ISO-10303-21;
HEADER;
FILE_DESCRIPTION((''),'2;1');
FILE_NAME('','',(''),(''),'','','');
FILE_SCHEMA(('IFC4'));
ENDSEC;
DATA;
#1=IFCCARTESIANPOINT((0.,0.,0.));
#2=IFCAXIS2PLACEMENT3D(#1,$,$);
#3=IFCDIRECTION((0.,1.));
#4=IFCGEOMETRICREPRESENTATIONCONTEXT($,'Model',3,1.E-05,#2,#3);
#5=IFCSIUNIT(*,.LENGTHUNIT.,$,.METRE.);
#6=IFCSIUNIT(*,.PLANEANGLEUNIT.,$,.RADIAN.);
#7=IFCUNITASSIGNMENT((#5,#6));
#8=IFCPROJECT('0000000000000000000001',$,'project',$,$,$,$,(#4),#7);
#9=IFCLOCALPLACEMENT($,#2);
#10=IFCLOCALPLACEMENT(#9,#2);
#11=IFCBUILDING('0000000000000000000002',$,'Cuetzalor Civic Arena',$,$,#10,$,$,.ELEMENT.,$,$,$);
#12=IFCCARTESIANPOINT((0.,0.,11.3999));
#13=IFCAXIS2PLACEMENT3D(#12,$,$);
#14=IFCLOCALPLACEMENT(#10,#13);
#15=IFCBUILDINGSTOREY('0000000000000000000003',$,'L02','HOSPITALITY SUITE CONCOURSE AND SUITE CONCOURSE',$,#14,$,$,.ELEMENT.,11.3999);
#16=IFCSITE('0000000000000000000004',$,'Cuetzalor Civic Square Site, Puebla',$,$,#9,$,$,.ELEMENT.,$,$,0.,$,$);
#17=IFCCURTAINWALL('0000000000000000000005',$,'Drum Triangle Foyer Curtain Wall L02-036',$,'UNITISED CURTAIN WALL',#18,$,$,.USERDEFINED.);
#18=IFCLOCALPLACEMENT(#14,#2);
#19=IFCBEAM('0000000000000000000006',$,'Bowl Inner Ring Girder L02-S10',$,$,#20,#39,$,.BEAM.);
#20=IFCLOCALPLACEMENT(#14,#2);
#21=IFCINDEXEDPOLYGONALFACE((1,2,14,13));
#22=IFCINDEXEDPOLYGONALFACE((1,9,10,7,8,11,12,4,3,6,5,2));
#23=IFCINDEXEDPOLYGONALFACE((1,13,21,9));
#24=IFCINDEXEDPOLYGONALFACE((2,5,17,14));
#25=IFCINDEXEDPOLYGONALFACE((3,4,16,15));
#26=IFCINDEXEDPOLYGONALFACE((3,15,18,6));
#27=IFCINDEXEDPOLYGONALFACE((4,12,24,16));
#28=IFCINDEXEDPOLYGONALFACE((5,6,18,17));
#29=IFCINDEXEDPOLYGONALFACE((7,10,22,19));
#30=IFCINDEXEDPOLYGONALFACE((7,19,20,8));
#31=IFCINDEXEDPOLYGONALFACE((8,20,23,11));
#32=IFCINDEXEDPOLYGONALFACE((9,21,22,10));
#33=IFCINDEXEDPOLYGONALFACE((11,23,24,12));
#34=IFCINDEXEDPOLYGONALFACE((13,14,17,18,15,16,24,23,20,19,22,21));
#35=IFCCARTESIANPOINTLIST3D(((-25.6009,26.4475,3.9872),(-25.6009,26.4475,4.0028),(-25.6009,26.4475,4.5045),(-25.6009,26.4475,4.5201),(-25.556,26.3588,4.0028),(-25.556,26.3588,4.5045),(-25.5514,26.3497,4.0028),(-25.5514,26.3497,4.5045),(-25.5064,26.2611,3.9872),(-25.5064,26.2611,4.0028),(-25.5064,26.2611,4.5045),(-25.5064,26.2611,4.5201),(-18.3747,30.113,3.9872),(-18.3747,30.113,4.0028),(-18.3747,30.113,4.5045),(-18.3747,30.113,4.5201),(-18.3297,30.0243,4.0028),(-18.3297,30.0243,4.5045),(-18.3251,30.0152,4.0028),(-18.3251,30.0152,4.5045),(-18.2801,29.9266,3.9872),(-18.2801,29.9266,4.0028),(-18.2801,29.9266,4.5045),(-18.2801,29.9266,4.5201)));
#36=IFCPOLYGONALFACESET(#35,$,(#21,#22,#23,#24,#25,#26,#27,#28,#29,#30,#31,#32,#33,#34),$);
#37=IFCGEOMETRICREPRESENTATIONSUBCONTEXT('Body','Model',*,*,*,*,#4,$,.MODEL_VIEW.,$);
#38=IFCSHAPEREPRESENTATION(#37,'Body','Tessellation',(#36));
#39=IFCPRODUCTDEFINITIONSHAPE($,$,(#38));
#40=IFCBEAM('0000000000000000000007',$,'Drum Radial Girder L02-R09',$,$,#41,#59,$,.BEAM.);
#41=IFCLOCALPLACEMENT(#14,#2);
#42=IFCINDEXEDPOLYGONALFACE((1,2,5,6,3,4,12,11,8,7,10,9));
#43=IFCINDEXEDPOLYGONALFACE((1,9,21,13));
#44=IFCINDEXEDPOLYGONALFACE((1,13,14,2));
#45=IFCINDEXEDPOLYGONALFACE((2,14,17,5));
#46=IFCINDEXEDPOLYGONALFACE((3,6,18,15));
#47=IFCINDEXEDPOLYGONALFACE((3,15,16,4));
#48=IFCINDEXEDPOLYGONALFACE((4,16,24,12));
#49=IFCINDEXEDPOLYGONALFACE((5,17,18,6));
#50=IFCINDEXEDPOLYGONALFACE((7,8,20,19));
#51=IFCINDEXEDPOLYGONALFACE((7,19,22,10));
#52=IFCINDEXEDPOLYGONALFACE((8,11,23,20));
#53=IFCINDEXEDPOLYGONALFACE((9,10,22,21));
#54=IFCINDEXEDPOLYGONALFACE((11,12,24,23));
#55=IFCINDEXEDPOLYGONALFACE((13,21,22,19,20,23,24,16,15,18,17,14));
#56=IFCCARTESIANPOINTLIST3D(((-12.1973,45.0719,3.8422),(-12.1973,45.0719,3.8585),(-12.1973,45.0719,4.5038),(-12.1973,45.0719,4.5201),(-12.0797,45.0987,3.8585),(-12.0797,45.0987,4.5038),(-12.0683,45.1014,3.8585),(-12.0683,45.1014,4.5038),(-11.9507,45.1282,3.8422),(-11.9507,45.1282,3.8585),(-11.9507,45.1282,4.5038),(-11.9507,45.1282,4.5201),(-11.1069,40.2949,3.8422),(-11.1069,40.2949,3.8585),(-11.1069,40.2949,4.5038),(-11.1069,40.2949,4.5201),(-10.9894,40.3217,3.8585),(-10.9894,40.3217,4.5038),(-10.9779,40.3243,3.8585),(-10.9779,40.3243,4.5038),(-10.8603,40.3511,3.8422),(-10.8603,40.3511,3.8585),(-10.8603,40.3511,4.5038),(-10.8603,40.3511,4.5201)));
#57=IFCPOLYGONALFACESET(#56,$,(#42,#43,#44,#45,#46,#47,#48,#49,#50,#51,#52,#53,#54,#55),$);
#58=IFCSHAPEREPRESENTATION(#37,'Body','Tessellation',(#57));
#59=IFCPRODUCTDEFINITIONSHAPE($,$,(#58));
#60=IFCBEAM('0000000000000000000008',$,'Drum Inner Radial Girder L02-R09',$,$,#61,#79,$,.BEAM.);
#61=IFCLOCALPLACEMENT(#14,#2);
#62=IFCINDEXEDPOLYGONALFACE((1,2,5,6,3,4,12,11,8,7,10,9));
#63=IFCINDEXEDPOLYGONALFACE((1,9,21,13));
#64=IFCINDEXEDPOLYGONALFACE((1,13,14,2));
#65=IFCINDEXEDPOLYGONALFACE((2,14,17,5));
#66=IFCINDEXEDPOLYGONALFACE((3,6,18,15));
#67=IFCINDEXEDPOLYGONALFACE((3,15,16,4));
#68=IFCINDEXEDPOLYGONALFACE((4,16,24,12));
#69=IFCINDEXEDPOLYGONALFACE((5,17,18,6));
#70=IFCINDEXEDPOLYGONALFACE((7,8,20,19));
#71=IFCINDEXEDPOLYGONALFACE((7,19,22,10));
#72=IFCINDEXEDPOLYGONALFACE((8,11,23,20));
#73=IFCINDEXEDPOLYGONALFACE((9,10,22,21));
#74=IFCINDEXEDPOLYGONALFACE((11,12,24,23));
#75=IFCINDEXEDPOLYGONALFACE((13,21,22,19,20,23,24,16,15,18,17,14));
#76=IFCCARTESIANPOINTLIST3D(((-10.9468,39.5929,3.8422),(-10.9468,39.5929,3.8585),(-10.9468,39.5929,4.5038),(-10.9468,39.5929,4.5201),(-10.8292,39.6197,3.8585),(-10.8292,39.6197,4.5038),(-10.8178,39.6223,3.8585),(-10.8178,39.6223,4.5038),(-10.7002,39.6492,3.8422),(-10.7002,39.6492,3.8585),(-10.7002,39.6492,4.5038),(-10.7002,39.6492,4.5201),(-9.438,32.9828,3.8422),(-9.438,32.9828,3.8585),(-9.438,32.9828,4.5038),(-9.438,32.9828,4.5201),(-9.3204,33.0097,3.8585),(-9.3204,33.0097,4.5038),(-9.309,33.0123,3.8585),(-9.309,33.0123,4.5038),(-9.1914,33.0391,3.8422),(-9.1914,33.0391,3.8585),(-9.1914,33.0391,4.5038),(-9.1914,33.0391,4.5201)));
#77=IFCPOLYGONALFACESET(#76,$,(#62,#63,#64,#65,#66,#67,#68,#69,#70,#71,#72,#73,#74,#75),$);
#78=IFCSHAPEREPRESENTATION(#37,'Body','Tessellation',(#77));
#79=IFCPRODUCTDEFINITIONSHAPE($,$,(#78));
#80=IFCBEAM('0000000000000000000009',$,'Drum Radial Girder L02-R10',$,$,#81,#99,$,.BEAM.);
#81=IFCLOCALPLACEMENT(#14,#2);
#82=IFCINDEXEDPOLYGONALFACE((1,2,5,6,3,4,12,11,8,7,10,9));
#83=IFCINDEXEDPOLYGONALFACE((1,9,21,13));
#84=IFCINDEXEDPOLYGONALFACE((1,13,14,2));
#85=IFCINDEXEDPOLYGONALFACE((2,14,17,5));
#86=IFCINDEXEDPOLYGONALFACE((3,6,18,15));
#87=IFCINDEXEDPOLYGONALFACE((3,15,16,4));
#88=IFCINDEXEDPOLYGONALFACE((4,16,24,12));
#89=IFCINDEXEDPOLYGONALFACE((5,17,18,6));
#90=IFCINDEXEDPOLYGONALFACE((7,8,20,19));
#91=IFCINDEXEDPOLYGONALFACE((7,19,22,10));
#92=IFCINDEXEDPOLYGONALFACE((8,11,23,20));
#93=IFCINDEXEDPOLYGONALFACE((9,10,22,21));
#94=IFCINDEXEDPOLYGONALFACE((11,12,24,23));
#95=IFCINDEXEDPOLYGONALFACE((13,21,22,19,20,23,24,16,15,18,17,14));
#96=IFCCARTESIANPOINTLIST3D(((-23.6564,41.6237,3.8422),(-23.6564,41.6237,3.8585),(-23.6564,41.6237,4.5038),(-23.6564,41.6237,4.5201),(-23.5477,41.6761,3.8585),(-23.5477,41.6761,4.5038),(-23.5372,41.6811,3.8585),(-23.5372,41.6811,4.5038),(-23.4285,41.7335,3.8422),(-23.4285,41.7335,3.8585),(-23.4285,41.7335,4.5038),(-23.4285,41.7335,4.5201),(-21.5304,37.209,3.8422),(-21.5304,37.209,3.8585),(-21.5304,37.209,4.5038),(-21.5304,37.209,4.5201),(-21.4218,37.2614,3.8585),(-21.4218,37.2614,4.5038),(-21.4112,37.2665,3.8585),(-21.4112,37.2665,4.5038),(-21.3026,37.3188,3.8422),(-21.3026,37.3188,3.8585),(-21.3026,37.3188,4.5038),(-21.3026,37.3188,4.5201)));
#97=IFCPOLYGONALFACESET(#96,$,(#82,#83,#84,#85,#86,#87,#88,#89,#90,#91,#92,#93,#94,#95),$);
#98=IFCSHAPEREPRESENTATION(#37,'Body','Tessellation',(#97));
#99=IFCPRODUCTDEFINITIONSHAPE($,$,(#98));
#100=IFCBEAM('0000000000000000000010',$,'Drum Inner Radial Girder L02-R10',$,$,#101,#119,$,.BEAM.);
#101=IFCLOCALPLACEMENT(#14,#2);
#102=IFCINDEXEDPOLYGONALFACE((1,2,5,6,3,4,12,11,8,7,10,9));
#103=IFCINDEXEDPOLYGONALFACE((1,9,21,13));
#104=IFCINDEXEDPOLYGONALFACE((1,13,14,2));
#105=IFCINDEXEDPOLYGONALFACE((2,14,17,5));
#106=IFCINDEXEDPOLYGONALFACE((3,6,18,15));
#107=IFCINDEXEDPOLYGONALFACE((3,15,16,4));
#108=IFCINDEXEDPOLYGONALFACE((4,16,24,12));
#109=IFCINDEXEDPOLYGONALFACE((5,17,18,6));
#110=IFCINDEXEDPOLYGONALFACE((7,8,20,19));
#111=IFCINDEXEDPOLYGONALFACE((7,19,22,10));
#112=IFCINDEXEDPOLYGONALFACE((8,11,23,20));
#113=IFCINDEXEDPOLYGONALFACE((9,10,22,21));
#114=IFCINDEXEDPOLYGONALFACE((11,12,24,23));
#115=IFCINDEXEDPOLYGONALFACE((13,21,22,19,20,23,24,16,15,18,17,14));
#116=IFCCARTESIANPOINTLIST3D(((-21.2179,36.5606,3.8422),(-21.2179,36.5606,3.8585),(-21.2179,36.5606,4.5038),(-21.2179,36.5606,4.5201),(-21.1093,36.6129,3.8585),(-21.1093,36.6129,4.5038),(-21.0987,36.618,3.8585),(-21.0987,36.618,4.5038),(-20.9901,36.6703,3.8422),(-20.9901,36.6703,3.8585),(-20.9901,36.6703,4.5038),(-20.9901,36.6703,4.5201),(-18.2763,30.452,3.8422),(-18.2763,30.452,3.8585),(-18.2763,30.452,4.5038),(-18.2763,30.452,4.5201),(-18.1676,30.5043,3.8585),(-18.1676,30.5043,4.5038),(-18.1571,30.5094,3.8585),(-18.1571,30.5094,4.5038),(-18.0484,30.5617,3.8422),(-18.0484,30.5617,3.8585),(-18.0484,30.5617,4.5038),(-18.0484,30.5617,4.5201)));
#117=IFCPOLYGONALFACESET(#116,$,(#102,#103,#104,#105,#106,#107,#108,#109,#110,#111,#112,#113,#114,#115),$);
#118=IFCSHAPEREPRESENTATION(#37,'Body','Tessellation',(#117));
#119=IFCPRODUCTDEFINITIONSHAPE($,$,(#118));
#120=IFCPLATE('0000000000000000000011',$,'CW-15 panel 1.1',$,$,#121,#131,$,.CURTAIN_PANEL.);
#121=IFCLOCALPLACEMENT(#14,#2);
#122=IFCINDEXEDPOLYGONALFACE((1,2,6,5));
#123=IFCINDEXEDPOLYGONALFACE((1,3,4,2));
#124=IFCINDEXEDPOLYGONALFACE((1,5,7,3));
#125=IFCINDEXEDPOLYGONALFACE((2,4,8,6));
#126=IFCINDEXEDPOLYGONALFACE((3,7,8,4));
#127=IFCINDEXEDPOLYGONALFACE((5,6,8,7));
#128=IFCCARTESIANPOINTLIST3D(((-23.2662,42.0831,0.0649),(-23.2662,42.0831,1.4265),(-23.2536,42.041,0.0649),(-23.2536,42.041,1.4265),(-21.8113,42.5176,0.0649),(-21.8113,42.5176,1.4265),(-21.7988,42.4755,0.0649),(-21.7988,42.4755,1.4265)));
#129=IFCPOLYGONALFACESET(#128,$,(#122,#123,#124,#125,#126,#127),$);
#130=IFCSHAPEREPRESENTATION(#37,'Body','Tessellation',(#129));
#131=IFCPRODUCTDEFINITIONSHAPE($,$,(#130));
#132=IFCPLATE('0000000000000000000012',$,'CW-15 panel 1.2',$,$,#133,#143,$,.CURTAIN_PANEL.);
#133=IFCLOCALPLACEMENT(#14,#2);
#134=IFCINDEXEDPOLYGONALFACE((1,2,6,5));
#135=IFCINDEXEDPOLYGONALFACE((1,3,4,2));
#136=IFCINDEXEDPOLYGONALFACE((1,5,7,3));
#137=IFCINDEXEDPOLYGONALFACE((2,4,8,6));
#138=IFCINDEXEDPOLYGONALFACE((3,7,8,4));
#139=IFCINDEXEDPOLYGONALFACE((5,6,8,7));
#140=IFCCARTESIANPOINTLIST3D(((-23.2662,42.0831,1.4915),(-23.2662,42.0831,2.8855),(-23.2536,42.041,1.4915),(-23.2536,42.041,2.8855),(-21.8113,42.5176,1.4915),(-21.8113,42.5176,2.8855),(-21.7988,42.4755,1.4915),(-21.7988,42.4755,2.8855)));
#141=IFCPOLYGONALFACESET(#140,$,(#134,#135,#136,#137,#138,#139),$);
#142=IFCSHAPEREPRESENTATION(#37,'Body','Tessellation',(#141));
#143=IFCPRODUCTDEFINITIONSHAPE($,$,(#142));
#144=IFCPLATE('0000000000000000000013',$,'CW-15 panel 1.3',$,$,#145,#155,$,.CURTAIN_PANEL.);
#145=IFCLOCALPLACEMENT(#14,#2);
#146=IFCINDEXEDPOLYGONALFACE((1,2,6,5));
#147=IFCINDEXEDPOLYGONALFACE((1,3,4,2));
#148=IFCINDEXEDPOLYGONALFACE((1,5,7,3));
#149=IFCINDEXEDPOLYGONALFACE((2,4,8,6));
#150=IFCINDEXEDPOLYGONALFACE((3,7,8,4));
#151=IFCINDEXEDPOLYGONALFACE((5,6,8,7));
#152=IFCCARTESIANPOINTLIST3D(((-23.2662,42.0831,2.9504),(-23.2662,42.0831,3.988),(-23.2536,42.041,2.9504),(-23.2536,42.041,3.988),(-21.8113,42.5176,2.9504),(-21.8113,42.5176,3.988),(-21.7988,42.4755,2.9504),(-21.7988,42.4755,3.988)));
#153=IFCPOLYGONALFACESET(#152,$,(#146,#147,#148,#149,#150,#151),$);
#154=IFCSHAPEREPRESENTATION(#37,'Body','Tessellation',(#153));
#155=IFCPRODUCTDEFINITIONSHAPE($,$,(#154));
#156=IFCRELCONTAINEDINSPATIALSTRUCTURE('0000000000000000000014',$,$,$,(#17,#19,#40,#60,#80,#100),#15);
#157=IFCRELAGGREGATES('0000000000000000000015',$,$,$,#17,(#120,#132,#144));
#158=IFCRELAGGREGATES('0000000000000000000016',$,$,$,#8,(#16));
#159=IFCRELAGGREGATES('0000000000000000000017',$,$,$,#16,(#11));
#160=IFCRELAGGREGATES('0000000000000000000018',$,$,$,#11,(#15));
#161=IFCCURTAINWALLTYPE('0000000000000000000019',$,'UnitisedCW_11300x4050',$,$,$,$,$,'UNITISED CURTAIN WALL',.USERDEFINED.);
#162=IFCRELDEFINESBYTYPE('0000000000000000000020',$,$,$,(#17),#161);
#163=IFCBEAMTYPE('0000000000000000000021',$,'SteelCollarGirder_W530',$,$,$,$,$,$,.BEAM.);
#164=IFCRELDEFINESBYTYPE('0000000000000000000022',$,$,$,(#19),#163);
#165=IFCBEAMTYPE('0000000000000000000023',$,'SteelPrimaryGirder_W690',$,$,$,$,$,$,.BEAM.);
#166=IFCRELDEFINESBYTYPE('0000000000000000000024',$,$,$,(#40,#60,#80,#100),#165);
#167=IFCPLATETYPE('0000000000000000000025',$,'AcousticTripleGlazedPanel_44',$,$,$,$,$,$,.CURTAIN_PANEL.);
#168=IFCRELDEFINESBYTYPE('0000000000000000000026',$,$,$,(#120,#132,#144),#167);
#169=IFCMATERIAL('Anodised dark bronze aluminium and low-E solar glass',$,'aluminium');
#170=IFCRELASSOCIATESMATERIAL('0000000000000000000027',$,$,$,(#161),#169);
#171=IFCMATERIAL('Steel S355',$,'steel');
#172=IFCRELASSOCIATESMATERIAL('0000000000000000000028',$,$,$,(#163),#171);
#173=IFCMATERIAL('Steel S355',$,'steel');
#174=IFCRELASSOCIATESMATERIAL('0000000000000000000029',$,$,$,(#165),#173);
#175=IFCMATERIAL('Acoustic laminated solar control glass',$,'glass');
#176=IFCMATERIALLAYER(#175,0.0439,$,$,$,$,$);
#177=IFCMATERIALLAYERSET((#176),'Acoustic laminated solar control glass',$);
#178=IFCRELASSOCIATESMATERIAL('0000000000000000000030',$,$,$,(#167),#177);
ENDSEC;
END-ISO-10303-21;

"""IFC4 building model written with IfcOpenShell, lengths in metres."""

from ifc_helpers import new_model, si_unit, direction, frame, origin, origin_2d, place, context, subcontext, project, spatial, rectangle, i_section, extrude, material, layer, layer_set, material_profile, profile_set, type_object, element, aggregate, save


model = new_model("IFC4")

# Units and contexts
model_context = context("Model", 3, precision=1e-05, world=origin(), true_north=direction((0.0, 1.0)))
body_context = subcontext(model_context, "Body", "Model", "MODEL_VIEW")
ifc_project = project(units=[si_unit("LENGTHUNIT", "METRE"), si_unit("PLANEANGLEUNIT", "RADIAN")], contexts=[model_context])

# Site, building, storey
site_placement = place(None, origin())
site = spatial("IfcSite", under=ifc_project, at=site_placement, Name="Cuetzalor Civic Square Site, Puebla", CompositionType="ELEMENT", RefElevation=0.0)
building_placement = place(site_placement, origin())
building = spatial("IfcBuilding", under=site, at=building_placement, Name="Cuetzalor Civic Arena", CompositionType="ELEMENT")
storey_placement = place(building_placement, frame((0.0, 0.0, 11.3999)))
storey = spatial("IfcBuildingStorey", under=building, at=storey_placement, Name="L02", Description="HOSPITALITY SUITE CONCOURSE AND SUITE CONCOURSE", CompositionType="ELEMENT", Elevation=11.3999)

# Curtain wall
ifc_material_1 = material(Name="Anodised dark bronze aluminium and low-E solar glass", Category="aluminium")
curtain_wall_type = type_object("IfcCurtainWallType", Name="UnitisedCW_11300x4050", ElementType="UNITISED CURTAIN WALL", PredefinedType="USERDEFINED", material=ifc_material_1)
curtain_wall_placement = place(storey_placement, origin())
curtain_wall = element("IfcCurtainWall", 1, at=curtain_wall_placement, inside=storey, type_object=curtain_wall_type, Name="Drum Triangle Foyer Curtain Wall L02-036", ObjectType="UNITISED CURTAIN WALL", PredefinedType="USERDEFINED")

# Beams
ifc_material_2 = material(Name="Steel S355", Category="steel")
ifc_material_profile_1 = material_profile(ifc_material_2, i_section(OverallWidth=0.209, OverallDepth=0.533, WebThickness=0.0103, FlangeThickness=0.0156, at=origin_2d()), Name="W530x92")
ifc_profile_set_1 = profile_set([ifc_material_profile_1], Name="Steel S355")
beam_type_1 = type_object("IfcBeamType", Name="SteelCollarGirder_W530", PredefinedType="BEAM", material=ifc_profile_set_1)
beam_1_placement = place(storey_placement, frame((-18.3274, 30.0198, 4.2537), z_axis=(-0.891827, -0.452376, 0.0), x_axis=(0.452376, -0.891827, 0.0)))
element("IfcBeam", 2, at=beam_1_placement, inside=storey, type_object=beam_type_1, Name="Bowl Inner Ring Girder L02-S10", PredefinedType="BEAM", context=body_context, shape_type="SweptSolid", body=[
    extrude(i_section(OverallWidth=0.209, OverallDepth=0.533, WebThickness=0.0103, FlangeThickness=0.0156, at=origin_2d()), origin(), (0.0, 0.0, 1.0), 8.1028),
])
ifc_material_3 = material(Name="Steel S355", Category="steel")
ifc_material_profile_2 = material_profile(ifc_material_3, i_section(OverallWidth=0.2529, OverallDepth=0.678, WebThickness=0.0117, FlangeThickness=0.0164, at=origin_2d()), Name="W690x125")
ifc_profile_set_2 = profile_set([ifc_material_profile_2], Name="Steel S355")
beam_type_2 = type_object("IfcBeamType", Name="SteelPrimaryGirder_W690", PredefinedType="BEAM", material=ifc_profile_set_2)
beam_2_placement = place(storey_placement, frame((-10.9836, 40.323, 4.1812), z_axis=(-0.222519, 0.974928, 0.0), x_axis=(-0.974928, -0.222519, 0.0)))
element("IfcBeam", 3, at=beam_2_placement, inside=storey, type_object=beam_type_2, Name="Drum Radial Girder L02-R09", PredefinedType="BEAM", context=body_context, shape_type="SweptSolid", body=[
    extrude(i_section(OverallWidth=0.2529, OverallDepth=0.678, WebThickness=0.0117, FlangeThickness=0.0164, at=origin_2d()), origin(), (0.0, 0.0, 1.0), 4.8999),
])
beam_3_placement = place(storey_placement, frame((-9.3147, 33.011, 4.1812), z_axis=(-0.222531, 0.974926, 0.0), x_axis=(-0.974926, -0.222531, 0.0)))
element("IfcBeam", 4, at=beam_3_placement, inside=storey, type_object=beam_type_2, Name="Drum Inner Radial Girder L02-R09", PredefinedType="BEAM", context=body_context, shape_type="SweptSolid", body=[
    extrude(i_section(OverallWidth=0.2529, OverallDepth=0.678, WebThickness=0.0117, FlangeThickness=0.0164, at=origin_2d()), origin(), (0.0, 0.0, 1.0), 6.78),
])
beam_4_placement = place(storey_placement, frame((-21.4165, 37.2639, 4.1812), z_axis=(-0.433871, 0.900975, 0.0), x_axis=(-0.900975, -0.433871, 0.0)))
element("IfcBeam", 5, at=beam_4_placement, inside=storey, type_object=beam_type_2, Name="Drum Radial Girder L02-R10", PredefinedType="BEAM", context=body_context, shape_type="SweptSolid", body=[
    extrude(i_section(OverallWidth=0.2529, OverallDepth=0.678, WebThickness=0.0117, FlangeThickness=0.0164, at=origin_2d()), origin(), (0.0, 0.0, 1.0), 4.8999),
])
beam_5_placement = place(storey_placement, frame((-18.1624, 30.5068, 4.1812), z_axis=(-0.43387, 0.900976, 0.0), x_axis=(-0.900976, -0.43387, 0.0)))
element("IfcBeam", 6, at=beam_5_placement, inside=storey, type_object=beam_type_2, Name="Drum Inner Radial Girder L02-R10", PredefinedType="BEAM", context=body_context, shape_type="SweptSolid", body=[
    extrude(i_section(OverallWidth=0.2529, OverallDepth=0.678, WebThickness=0.0117, FlangeThickness=0.0164, at=origin_2d()), origin(), (0.0, 0.0, 1.0), 6.78),
])

# Plates
ifc_material_4 = material(Name="Acoustic laminated solar control glass", Category="glass")
ifc_layer = layer(ifc_material_4, 0.0439)
ifc_layer_set = layer_set([ifc_layer], Name="Acoustic laminated solar control glass")
plate_type = type_object("IfcPlateType", Name="AcousticTripleGlazedPanel_44", PredefinedType="CURTAIN_PANEL", material=ifc_layer_set)
plate_1_placement = place(storey_placement, frame((-22.5325, 42.2793, 0.0649), z_axis=(0.0, 0.0, 1.0), x_axis=(0.958194, 0.28612, 0.0)))
plate_1 = element("IfcPlate", 7, at=plate_1_placement, type_object=plate_type, Name="CW-15 panel 1.1", PredefinedType="CURTAIN_PANEL", context=body_context, shape_type="SweptSolid", body=[
    extrude(rectangle(XDim=1.5183, YDim=0.0439, at=origin_2d()), origin(), (0.0, 0.0, 1.0), 1.3616),
])
plate_2_placement = place(storey_placement, frame((-22.5325, 42.2793, 1.4915), z_axis=(0.0, 0.0, 1.0), x_axis=(0.958194, 0.28612, 0.0)))
plate_2 = element("IfcPlate", 8, at=plate_2_placement, type_object=plate_type, Name="CW-15 panel 1.2", PredefinedType="CURTAIN_PANEL", context=body_context, shape_type="SweptSolid", body=[
    extrude(rectangle(XDim=1.5183, YDim=0.0439, at=origin_2d()), origin(), (0.0, 0.0, 1.0), 1.394),
])
plate_3_placement = place(storey_placement, frame((-22.5325, 42.2793, 2.9504), z_axis=(0.0, 0.0, 1.0), x_axis=(0.958194, 0.28612, 0.0)))
plate_3 = element("IfcPlate", 9, at=plate_3_placement, type_object=plate_type, Name="CW-15 panel 1.3", PredefinedType="CURTAIN_PANEL", context=body_context, shape_type="SweptSolid", body=[
    extrude(rectangle(XDim=1.5183, YDim=0.0439, at=origin_2d()), origin(), (0.0, 0.0, 1.0), 1.0376),
])
aggregate(curtain_wall, [plate_1, plate_2, plate_3])

save(model, "model.ifc")
